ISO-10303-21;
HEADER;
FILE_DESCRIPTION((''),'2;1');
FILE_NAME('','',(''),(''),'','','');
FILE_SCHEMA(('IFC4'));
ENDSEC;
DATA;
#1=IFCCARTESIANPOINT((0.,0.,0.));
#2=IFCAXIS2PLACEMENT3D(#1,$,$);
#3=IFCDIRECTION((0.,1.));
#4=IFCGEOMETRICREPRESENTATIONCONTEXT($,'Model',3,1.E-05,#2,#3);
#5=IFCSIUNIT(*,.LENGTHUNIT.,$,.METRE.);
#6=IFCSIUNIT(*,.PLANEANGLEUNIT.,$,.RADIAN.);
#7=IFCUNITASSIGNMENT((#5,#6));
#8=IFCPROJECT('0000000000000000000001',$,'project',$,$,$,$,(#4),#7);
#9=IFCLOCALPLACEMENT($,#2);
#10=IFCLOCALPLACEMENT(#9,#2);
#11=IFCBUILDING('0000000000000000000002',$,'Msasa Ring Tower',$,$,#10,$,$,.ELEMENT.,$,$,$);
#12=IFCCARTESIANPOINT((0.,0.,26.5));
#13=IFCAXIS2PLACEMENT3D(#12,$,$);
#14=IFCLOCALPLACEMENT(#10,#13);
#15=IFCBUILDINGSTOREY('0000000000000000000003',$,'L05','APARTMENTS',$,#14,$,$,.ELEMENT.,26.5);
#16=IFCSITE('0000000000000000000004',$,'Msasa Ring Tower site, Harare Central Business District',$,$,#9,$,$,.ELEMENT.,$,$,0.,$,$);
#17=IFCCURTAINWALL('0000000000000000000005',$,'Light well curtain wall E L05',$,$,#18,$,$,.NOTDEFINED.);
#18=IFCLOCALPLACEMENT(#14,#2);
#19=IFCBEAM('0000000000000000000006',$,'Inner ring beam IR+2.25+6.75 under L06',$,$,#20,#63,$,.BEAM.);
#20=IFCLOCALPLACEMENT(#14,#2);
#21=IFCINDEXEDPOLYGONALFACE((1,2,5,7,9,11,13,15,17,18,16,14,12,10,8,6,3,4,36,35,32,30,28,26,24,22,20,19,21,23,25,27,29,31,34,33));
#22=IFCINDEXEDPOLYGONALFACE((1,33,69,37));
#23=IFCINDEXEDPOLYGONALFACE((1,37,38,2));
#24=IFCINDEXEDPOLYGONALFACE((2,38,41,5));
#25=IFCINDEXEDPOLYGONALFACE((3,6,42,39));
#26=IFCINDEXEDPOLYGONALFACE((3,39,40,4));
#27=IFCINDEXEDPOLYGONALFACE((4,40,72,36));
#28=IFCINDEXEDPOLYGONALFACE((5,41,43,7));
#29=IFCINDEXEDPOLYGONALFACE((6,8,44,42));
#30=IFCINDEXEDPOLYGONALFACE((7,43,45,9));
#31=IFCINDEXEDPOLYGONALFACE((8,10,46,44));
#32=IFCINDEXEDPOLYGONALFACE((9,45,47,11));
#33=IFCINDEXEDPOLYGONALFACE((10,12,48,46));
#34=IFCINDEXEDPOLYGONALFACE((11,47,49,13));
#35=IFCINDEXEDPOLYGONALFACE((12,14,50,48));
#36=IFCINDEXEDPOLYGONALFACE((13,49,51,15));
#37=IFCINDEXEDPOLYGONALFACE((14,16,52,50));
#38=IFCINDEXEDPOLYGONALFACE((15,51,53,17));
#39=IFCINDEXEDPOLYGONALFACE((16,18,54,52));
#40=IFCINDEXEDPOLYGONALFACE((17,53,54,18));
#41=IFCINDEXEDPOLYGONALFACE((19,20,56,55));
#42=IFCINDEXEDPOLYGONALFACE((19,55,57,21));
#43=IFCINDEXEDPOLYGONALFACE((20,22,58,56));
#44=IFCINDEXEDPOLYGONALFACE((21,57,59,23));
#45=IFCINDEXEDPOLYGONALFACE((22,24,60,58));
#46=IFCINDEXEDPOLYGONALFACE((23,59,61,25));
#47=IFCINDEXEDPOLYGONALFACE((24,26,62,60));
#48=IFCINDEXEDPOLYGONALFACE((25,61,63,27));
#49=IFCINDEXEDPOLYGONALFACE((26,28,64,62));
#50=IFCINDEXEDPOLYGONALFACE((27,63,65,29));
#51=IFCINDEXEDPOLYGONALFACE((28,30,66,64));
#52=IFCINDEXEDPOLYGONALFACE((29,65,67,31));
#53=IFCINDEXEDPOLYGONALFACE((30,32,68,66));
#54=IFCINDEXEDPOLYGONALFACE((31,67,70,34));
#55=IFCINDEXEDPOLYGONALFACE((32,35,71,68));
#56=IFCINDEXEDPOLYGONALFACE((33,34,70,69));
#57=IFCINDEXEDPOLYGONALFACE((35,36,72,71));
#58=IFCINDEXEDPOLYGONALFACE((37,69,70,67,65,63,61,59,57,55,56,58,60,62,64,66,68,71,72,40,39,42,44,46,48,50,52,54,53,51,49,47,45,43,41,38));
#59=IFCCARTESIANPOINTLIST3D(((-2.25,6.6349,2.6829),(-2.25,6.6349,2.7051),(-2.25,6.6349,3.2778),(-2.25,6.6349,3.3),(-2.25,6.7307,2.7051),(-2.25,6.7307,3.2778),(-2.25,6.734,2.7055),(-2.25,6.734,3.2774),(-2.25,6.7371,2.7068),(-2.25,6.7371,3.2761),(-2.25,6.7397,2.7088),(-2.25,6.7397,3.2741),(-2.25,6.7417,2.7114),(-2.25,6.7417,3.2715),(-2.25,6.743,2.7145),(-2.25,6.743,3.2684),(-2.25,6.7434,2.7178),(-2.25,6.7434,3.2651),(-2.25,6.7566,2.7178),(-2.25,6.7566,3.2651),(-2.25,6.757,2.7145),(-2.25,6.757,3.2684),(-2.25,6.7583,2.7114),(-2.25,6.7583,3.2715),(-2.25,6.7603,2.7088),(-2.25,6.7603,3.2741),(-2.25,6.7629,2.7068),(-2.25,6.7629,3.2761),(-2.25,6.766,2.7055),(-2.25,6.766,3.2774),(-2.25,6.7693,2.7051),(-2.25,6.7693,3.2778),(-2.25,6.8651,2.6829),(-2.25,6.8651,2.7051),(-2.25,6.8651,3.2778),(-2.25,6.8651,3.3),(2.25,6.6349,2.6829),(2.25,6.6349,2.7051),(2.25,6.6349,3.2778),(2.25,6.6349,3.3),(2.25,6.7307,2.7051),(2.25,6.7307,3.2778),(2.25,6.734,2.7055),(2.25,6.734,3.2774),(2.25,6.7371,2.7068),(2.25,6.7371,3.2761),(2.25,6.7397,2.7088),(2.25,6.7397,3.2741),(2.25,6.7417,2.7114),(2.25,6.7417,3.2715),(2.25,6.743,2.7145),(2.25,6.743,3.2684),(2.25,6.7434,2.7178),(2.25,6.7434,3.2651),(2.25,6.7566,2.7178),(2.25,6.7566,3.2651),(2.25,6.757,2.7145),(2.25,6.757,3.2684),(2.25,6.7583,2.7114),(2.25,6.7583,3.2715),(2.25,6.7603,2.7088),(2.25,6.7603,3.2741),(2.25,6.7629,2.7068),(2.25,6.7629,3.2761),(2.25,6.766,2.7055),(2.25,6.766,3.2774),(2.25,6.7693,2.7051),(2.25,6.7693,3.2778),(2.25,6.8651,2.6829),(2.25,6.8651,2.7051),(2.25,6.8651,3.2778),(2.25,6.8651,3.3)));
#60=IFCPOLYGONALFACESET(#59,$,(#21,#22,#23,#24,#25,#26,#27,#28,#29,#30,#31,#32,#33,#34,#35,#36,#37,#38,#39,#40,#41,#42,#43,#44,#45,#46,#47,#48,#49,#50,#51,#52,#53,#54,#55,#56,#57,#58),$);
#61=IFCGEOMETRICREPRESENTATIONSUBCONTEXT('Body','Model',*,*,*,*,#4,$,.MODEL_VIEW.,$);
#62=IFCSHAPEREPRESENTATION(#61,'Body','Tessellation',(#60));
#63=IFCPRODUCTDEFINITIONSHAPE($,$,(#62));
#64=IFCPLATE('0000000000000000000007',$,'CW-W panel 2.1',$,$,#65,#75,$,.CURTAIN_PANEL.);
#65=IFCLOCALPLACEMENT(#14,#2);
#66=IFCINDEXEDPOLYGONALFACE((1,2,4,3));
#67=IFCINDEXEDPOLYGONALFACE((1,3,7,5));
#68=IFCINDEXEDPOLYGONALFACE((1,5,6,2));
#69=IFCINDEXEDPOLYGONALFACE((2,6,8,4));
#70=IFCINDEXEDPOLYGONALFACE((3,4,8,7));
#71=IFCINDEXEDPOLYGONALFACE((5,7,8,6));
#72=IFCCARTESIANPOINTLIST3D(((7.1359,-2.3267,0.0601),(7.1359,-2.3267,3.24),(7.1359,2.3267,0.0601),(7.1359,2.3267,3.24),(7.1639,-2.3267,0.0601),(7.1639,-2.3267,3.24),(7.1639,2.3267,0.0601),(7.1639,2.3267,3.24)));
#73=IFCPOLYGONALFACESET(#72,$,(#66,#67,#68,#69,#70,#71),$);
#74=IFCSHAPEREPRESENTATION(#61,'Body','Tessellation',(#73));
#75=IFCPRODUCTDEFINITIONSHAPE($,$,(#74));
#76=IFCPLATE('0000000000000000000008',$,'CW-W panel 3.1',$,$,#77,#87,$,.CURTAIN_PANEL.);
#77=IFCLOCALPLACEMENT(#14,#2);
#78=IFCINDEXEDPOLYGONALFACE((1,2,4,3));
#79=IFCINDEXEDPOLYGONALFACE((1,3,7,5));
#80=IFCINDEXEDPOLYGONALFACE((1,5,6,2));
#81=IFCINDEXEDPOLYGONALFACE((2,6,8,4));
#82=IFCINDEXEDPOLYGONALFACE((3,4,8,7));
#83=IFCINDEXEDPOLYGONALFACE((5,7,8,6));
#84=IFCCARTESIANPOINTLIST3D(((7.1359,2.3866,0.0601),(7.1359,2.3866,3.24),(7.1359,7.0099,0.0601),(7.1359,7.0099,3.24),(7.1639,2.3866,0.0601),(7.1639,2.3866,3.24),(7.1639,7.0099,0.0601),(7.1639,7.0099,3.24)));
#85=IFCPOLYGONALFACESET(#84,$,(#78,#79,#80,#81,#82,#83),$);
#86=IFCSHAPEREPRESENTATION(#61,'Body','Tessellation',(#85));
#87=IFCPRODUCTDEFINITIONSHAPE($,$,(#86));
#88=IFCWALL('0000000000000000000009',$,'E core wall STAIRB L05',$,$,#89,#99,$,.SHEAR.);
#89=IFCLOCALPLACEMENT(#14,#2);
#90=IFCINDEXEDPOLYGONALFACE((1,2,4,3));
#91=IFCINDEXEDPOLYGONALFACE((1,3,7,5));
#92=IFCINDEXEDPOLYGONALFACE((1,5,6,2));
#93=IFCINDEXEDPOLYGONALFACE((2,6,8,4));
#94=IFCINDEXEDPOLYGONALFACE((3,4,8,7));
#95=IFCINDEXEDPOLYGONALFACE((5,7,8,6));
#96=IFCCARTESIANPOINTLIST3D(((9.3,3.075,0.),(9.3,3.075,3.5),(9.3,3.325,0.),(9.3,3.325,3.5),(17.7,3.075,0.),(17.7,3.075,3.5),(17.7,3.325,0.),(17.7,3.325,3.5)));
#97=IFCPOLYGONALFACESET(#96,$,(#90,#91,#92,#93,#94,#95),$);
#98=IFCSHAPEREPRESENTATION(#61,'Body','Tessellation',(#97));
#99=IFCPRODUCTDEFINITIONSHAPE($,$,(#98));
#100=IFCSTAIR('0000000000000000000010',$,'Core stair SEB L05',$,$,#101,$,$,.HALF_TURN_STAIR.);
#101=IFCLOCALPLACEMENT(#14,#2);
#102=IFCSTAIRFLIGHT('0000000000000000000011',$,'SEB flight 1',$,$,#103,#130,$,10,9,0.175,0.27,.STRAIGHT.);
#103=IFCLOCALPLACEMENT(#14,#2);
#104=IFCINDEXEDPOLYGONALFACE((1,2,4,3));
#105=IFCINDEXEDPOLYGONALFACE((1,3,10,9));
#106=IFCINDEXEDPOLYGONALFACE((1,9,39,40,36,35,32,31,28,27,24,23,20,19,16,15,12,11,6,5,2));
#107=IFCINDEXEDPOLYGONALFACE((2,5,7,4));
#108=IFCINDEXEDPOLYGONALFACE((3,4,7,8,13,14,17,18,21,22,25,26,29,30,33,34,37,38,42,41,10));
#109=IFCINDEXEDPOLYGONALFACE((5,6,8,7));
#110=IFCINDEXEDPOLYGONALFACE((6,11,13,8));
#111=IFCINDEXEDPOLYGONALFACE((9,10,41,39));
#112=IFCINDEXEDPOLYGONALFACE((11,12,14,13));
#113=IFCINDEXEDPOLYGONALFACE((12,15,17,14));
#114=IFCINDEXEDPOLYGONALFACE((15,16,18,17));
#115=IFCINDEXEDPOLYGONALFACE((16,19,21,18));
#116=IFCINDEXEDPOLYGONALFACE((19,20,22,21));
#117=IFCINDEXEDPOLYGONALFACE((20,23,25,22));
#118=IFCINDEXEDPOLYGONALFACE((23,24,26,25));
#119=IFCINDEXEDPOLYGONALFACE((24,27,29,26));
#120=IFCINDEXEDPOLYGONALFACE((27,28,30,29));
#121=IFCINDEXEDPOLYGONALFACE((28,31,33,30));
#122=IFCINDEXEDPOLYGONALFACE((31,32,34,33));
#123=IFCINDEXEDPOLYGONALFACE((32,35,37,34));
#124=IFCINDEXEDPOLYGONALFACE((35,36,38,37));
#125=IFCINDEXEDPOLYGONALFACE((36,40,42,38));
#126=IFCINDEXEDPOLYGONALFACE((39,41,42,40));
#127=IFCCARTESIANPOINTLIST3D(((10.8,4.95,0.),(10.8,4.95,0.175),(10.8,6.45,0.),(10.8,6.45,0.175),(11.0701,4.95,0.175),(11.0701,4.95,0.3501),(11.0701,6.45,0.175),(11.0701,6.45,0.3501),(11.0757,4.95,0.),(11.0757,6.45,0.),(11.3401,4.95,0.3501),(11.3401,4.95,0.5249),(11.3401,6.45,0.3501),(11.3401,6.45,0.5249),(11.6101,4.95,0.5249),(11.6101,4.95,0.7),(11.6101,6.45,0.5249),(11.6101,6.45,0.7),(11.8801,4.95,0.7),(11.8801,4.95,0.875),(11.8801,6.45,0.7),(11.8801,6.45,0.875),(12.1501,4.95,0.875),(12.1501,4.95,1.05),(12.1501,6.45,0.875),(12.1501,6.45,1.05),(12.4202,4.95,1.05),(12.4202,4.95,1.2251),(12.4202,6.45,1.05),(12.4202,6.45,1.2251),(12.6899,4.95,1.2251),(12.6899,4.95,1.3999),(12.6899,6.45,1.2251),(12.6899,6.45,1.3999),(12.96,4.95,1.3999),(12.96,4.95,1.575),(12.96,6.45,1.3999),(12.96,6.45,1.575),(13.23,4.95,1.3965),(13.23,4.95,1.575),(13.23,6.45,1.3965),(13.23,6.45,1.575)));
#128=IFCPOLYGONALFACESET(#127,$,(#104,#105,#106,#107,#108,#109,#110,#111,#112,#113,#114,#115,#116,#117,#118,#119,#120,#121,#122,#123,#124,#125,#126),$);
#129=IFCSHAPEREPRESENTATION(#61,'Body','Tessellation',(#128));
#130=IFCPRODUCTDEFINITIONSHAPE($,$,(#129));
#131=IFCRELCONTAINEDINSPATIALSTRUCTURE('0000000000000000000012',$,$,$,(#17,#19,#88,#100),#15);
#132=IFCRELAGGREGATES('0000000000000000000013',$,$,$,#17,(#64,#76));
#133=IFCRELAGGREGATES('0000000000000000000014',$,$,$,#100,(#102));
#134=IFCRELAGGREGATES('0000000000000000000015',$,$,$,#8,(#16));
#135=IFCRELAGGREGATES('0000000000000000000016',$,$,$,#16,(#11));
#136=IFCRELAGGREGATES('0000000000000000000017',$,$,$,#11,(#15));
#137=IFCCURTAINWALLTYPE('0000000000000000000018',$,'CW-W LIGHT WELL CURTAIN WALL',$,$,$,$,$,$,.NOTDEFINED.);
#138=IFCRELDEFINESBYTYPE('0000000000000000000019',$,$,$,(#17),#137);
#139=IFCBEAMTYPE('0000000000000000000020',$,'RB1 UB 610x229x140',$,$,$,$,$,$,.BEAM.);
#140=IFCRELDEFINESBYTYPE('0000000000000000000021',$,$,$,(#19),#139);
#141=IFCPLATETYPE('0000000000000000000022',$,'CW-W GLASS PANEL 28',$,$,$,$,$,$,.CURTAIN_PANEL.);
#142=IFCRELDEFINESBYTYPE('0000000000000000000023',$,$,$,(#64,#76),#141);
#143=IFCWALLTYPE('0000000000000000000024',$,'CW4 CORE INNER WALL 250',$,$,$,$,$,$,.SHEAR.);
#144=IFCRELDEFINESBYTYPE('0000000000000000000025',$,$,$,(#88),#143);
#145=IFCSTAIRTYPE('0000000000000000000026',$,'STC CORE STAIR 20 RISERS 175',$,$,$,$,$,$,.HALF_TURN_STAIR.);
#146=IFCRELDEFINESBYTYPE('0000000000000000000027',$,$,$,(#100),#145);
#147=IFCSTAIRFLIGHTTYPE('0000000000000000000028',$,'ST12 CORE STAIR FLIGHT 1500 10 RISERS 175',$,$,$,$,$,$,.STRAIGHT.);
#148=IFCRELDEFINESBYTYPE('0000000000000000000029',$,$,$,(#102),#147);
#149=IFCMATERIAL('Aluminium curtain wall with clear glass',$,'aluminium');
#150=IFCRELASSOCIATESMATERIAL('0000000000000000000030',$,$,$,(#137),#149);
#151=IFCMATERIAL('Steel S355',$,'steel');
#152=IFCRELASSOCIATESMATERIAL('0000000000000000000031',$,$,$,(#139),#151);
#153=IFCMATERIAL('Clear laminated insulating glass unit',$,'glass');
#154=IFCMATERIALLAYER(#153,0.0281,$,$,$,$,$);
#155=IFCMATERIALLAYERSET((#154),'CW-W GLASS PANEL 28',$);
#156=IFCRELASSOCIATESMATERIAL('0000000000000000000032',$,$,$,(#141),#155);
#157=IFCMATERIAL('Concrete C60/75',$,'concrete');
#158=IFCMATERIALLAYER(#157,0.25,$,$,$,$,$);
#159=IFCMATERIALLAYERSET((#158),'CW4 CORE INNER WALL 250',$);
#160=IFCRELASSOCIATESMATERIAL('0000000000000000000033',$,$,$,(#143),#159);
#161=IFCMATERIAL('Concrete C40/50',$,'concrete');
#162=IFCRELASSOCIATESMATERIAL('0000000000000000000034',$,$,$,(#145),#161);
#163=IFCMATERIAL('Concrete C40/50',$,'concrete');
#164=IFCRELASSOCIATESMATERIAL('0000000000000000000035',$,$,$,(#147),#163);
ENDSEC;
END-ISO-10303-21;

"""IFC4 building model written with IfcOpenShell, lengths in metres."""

from ifc_helpers import new_model, si_unit, direction, frame, frame_2d, origin, origin_2d, place, context, subcontext, project, spatial, polyline, rectangle, i_section, outline, extrude, material, layer, layer_set, material_profile, profile_set, type_object, element, aggregate, save


model = new_model("IFC4")

# Units and contexts
model_context = context("Model", 3, precision=1e-05, world=origin(), true_north=direction((0.0, 1.0)))
body_context = subcontext(model_context, "Body", "Model", "MODEL_VIEW")
ifc_project = project(units=[si_unit("LENGTHUNIT", "METRE"), si_unit("PLANEANGLEUNIT", "RADIAN")], contexts=[model_context])

# Site, building, storey
site_placement = place(None, origin())
site = spatial("IfcSite", under=ifc_project, at=site_placement, Name="Msasa Ring Tower site, Harare Central Business District", CompositionType="ELEMENT", RefElevation=0.0)
building_placement = place(site_placement, origin())
building = spatial("IfcBuilding", under=site, at=building_placement, Name="Msasa Ring Tower", CompositionType="ELEMENT")
storey_placement = place(building_placement, frame((0.0, 0.0, 26.5)))
storey = spatial("IfcBuildingStorey", under=building, at=storey_placement, Name="L05", Description="APARTMENTS", CompositionType="ELEMENT", Elevation=26.5)

# Curtain wall
ifc_material_1 = material(Name="Aluminium curtain wall with clear glass", Category="aluminium")
curtain_wall_type = type_object("IfcCurtainWallType", Name="CW-W LIGHT WELL CURTAIN WALL", PredefinedType="NOTDEFINED", material=ifc_material_1)
curtain_wall_placement = place(storey_placement, origin())
curtain_wall = element("IfcCurtainWall", 1, at=curtain_wall_placement, inside=storey, type_object=curtain_wall_type, Name="Light well curtain wall E L05", PredefinedType="NOTDEFINED")

# Beam
ifc_material_2 = material(Name="Steel S355", Category="steel")
ifc_material_profile_1 = material_profile(ifc_material_2, i_section(OverallWidth=0.2302, OverallDepth=0.6172, WebThickness=0.0132, FlangeThickness=0.0222, FilletRadius=0.0127, at=origin_2d()), Name="UB 610x229x140")
ifc_profile_set_1 = profile_set([ifc_material_profile_1], Name="Steel S355")
beam_type = type_object("IfcBeamType", Name="RB1 UB 610x229x140", PredefinedType="BEAM", material=ifc_profile_set_1)
for number, where, z_axis, x_axis, name in (
    (2, (2.25, 6.75, 2.9915), (-1.0, 0.0, 0.0), (0.0, -1.0, 0.0), "Inner ring beam IR+2.25+6.75 under L06"),
):
    element("IfcBeam", number, at=place(storey_placement, frame(where, z_axis=z_axis, x_axis=x_axis)), inside=storey, type_object=beam_type, Name=name, PredefinedType="BEAM", context=body_context, shape_type="SweptSolid", body=[
        extrude(i_section(OverallWidth=0.2302, OverallDepth=0.6172, WebThickness=0.0132, FlangeThickness=0.0222, FilletRadius=0.0127, at=origin_2d()), origin(), (0.0, 0.0, 1.0), 4.5),
    ])

# Plates
ifc_material_3 = material(Name="Clear laminated insulating glass unit", Category="glass")
ifc_layer_1 = layer(ifc_material_3, 0.0281)
ifc_layer_set_1 = layer_set([ifc_layer_1], Name="CW-W GLASS PANEL 28")
plate_type = type_object("IfcPlateType", Name="CW-W GLASS PANEL 28", PredefinedType="CURTAIN_PANEL", material=ifc_layer_set_1)
plate_1_placement = place(storey_placement, frame((7.1499, 0.0, 0.0601), z_axis=(0.0, 0.0, 1.0), x_axis=(0.0, 1.0, 0.0)))
plate_1 = element("IfcPlate", 3, at=plate_1_placement, type_object=plate_type, Name="CW-W panel 2.1", PredefinedType="CURTAIN_PANEL", context=body_context, shape_type="SweptSolid", body=[
    extrude(rectangle(XDim=4.6533, YDim=0.0281, at=origin_2d()), origin(), (0.0, 0.0, 1.0), 3.1799),
])
plate_2_placement = place(storey_placement, frame((7.1499, 4.6982, 0.0601), z_axis=(0.0, 0.0, 1.0), x_axis=(0.0, 1.0, 0.0)))
plate_2 = element("IfcPlate", 4, at=plate_2_placement, type_object=plate_type, Name="CW-W panel 3.1", PredefinedType="CURTAIN_PANEL", context=body_context, shape_type="SweptSolid", body=[
    extrude(rectangle(XDim=4.6233, YDim=0.0281, at=origin_2d()), origin(), (0.0, 0.0, 1.0), 3.1799),
])
aggregate(curtain_wall, [plate_1, plate_2])

# Wall
ifc_material_4 = material(Name="Concrete C60/75", Category="concrete")
ifc_layer_2 = layer(ifc_material_4, 0.25)
ifc_layer_set_2 = layer_set([ifc_layer_2], Name="CW4 CORE INNER WALL 250")
wall_type = type_object("IfcWallType", Name="CW4 CORE INNER WALL 250", PredefinedType="SHEAR", material=ifc_layer_set_2)
wall_placement = place(storey_placement, frame((9.3, 3.2, 0.0), z_axis=(0.0, 0.0, 1.0), x_axis=(1.0, 0.0, 0.0)))
element("IfcWall", 5, at=wall_placement, inside=storey, type_object=wall_type, Name="E core wall STAIRB L05", PredefinedType="SHEAR", context=body_context, shape_type="SweptSolid", body=[
    extrude(rectangle(XDim=8.3999, YDim=0.25, at=frame_2d((4.2, 0.0))), origin(), (0.0, 0.0, 1.0), 3.5),
])

# Stair, stair flight
ifc_material_5 = material(Name="Concrete C40/50", Category="concrete")
stair_type = type_object("IfcStairType", Name="STC CORE STAIR 20 RISERS 175", PredefinedType="HALF_TURN_STAIR", material=ifc_material_5)
stair_placement = place(storey_placement, origin())
stair = element("IfcStair", 6, at=stair_placement, inside=storey, type_object=stair_type, Name="Core stair SEB L05", PredefinedType="HALF_TURN_STAIR")
ifc_material_6 = material(Name="Concrete C40/50", Category="concrete")
stair_flight_type = type_object("IfcStairFlightType", Name="ST12 CORE STAIR FLIGHT 1500 10 RISERS 175", PredefinedType="STRAIGHT", material=ifc_material_6)
stair_flight_placement = place(storey_placement, frame((10.8, 5.7, 0.0), z_axis=(0.0, 0.0, 1.0), x_axis=(1.0, 0.0, 0.0)))
stair_flight = element("IfcStairFlight", 7, at=stair_flight_placement, type_object=stair_flight_type, Name="SEB flight 1", NumberOfRisers=10, NumberOfTreads=9, PredefinedType="STRAIGHT", RiserHeight=0.175, TreadLength=0.27, context=body_context, shape_type="SweptSolid", body=[
    extrude(outline(polyline([(0.0, 0.0), (0.0, 0.175), (0.27, 0.175), (0.27, 0.3501), (0.54, 0.3501), (0.54, 0.5249), (0.8101, 0.5249), (0.8101, 0.7), (1.0801, 0.7), (1.0801, 0.875), (1.3501, 0.875), (1.3501, 1.05), (1.6201, 1.05), (1.6201, 1.2251), (1.8899, 1.2251), (1.8899, 1.3999), (2.1599, 1.3999), (2.1599, 1.575), (2.4299, 1.575), (2.4299, 1.75), (2.4299, 1.3965), (0.2756, 0.0), (0.0, 0.0)])), frame((0.0, 0.75, 0.0), z_axis=(0.0, -1.0, 0.0), x_axis=(1.0, 0.0, 0.0)), (0.0, 0.0, 1.0), 1.5),
])
aggregate(stair, [stair_flight])

save(model, "model.ifc")
